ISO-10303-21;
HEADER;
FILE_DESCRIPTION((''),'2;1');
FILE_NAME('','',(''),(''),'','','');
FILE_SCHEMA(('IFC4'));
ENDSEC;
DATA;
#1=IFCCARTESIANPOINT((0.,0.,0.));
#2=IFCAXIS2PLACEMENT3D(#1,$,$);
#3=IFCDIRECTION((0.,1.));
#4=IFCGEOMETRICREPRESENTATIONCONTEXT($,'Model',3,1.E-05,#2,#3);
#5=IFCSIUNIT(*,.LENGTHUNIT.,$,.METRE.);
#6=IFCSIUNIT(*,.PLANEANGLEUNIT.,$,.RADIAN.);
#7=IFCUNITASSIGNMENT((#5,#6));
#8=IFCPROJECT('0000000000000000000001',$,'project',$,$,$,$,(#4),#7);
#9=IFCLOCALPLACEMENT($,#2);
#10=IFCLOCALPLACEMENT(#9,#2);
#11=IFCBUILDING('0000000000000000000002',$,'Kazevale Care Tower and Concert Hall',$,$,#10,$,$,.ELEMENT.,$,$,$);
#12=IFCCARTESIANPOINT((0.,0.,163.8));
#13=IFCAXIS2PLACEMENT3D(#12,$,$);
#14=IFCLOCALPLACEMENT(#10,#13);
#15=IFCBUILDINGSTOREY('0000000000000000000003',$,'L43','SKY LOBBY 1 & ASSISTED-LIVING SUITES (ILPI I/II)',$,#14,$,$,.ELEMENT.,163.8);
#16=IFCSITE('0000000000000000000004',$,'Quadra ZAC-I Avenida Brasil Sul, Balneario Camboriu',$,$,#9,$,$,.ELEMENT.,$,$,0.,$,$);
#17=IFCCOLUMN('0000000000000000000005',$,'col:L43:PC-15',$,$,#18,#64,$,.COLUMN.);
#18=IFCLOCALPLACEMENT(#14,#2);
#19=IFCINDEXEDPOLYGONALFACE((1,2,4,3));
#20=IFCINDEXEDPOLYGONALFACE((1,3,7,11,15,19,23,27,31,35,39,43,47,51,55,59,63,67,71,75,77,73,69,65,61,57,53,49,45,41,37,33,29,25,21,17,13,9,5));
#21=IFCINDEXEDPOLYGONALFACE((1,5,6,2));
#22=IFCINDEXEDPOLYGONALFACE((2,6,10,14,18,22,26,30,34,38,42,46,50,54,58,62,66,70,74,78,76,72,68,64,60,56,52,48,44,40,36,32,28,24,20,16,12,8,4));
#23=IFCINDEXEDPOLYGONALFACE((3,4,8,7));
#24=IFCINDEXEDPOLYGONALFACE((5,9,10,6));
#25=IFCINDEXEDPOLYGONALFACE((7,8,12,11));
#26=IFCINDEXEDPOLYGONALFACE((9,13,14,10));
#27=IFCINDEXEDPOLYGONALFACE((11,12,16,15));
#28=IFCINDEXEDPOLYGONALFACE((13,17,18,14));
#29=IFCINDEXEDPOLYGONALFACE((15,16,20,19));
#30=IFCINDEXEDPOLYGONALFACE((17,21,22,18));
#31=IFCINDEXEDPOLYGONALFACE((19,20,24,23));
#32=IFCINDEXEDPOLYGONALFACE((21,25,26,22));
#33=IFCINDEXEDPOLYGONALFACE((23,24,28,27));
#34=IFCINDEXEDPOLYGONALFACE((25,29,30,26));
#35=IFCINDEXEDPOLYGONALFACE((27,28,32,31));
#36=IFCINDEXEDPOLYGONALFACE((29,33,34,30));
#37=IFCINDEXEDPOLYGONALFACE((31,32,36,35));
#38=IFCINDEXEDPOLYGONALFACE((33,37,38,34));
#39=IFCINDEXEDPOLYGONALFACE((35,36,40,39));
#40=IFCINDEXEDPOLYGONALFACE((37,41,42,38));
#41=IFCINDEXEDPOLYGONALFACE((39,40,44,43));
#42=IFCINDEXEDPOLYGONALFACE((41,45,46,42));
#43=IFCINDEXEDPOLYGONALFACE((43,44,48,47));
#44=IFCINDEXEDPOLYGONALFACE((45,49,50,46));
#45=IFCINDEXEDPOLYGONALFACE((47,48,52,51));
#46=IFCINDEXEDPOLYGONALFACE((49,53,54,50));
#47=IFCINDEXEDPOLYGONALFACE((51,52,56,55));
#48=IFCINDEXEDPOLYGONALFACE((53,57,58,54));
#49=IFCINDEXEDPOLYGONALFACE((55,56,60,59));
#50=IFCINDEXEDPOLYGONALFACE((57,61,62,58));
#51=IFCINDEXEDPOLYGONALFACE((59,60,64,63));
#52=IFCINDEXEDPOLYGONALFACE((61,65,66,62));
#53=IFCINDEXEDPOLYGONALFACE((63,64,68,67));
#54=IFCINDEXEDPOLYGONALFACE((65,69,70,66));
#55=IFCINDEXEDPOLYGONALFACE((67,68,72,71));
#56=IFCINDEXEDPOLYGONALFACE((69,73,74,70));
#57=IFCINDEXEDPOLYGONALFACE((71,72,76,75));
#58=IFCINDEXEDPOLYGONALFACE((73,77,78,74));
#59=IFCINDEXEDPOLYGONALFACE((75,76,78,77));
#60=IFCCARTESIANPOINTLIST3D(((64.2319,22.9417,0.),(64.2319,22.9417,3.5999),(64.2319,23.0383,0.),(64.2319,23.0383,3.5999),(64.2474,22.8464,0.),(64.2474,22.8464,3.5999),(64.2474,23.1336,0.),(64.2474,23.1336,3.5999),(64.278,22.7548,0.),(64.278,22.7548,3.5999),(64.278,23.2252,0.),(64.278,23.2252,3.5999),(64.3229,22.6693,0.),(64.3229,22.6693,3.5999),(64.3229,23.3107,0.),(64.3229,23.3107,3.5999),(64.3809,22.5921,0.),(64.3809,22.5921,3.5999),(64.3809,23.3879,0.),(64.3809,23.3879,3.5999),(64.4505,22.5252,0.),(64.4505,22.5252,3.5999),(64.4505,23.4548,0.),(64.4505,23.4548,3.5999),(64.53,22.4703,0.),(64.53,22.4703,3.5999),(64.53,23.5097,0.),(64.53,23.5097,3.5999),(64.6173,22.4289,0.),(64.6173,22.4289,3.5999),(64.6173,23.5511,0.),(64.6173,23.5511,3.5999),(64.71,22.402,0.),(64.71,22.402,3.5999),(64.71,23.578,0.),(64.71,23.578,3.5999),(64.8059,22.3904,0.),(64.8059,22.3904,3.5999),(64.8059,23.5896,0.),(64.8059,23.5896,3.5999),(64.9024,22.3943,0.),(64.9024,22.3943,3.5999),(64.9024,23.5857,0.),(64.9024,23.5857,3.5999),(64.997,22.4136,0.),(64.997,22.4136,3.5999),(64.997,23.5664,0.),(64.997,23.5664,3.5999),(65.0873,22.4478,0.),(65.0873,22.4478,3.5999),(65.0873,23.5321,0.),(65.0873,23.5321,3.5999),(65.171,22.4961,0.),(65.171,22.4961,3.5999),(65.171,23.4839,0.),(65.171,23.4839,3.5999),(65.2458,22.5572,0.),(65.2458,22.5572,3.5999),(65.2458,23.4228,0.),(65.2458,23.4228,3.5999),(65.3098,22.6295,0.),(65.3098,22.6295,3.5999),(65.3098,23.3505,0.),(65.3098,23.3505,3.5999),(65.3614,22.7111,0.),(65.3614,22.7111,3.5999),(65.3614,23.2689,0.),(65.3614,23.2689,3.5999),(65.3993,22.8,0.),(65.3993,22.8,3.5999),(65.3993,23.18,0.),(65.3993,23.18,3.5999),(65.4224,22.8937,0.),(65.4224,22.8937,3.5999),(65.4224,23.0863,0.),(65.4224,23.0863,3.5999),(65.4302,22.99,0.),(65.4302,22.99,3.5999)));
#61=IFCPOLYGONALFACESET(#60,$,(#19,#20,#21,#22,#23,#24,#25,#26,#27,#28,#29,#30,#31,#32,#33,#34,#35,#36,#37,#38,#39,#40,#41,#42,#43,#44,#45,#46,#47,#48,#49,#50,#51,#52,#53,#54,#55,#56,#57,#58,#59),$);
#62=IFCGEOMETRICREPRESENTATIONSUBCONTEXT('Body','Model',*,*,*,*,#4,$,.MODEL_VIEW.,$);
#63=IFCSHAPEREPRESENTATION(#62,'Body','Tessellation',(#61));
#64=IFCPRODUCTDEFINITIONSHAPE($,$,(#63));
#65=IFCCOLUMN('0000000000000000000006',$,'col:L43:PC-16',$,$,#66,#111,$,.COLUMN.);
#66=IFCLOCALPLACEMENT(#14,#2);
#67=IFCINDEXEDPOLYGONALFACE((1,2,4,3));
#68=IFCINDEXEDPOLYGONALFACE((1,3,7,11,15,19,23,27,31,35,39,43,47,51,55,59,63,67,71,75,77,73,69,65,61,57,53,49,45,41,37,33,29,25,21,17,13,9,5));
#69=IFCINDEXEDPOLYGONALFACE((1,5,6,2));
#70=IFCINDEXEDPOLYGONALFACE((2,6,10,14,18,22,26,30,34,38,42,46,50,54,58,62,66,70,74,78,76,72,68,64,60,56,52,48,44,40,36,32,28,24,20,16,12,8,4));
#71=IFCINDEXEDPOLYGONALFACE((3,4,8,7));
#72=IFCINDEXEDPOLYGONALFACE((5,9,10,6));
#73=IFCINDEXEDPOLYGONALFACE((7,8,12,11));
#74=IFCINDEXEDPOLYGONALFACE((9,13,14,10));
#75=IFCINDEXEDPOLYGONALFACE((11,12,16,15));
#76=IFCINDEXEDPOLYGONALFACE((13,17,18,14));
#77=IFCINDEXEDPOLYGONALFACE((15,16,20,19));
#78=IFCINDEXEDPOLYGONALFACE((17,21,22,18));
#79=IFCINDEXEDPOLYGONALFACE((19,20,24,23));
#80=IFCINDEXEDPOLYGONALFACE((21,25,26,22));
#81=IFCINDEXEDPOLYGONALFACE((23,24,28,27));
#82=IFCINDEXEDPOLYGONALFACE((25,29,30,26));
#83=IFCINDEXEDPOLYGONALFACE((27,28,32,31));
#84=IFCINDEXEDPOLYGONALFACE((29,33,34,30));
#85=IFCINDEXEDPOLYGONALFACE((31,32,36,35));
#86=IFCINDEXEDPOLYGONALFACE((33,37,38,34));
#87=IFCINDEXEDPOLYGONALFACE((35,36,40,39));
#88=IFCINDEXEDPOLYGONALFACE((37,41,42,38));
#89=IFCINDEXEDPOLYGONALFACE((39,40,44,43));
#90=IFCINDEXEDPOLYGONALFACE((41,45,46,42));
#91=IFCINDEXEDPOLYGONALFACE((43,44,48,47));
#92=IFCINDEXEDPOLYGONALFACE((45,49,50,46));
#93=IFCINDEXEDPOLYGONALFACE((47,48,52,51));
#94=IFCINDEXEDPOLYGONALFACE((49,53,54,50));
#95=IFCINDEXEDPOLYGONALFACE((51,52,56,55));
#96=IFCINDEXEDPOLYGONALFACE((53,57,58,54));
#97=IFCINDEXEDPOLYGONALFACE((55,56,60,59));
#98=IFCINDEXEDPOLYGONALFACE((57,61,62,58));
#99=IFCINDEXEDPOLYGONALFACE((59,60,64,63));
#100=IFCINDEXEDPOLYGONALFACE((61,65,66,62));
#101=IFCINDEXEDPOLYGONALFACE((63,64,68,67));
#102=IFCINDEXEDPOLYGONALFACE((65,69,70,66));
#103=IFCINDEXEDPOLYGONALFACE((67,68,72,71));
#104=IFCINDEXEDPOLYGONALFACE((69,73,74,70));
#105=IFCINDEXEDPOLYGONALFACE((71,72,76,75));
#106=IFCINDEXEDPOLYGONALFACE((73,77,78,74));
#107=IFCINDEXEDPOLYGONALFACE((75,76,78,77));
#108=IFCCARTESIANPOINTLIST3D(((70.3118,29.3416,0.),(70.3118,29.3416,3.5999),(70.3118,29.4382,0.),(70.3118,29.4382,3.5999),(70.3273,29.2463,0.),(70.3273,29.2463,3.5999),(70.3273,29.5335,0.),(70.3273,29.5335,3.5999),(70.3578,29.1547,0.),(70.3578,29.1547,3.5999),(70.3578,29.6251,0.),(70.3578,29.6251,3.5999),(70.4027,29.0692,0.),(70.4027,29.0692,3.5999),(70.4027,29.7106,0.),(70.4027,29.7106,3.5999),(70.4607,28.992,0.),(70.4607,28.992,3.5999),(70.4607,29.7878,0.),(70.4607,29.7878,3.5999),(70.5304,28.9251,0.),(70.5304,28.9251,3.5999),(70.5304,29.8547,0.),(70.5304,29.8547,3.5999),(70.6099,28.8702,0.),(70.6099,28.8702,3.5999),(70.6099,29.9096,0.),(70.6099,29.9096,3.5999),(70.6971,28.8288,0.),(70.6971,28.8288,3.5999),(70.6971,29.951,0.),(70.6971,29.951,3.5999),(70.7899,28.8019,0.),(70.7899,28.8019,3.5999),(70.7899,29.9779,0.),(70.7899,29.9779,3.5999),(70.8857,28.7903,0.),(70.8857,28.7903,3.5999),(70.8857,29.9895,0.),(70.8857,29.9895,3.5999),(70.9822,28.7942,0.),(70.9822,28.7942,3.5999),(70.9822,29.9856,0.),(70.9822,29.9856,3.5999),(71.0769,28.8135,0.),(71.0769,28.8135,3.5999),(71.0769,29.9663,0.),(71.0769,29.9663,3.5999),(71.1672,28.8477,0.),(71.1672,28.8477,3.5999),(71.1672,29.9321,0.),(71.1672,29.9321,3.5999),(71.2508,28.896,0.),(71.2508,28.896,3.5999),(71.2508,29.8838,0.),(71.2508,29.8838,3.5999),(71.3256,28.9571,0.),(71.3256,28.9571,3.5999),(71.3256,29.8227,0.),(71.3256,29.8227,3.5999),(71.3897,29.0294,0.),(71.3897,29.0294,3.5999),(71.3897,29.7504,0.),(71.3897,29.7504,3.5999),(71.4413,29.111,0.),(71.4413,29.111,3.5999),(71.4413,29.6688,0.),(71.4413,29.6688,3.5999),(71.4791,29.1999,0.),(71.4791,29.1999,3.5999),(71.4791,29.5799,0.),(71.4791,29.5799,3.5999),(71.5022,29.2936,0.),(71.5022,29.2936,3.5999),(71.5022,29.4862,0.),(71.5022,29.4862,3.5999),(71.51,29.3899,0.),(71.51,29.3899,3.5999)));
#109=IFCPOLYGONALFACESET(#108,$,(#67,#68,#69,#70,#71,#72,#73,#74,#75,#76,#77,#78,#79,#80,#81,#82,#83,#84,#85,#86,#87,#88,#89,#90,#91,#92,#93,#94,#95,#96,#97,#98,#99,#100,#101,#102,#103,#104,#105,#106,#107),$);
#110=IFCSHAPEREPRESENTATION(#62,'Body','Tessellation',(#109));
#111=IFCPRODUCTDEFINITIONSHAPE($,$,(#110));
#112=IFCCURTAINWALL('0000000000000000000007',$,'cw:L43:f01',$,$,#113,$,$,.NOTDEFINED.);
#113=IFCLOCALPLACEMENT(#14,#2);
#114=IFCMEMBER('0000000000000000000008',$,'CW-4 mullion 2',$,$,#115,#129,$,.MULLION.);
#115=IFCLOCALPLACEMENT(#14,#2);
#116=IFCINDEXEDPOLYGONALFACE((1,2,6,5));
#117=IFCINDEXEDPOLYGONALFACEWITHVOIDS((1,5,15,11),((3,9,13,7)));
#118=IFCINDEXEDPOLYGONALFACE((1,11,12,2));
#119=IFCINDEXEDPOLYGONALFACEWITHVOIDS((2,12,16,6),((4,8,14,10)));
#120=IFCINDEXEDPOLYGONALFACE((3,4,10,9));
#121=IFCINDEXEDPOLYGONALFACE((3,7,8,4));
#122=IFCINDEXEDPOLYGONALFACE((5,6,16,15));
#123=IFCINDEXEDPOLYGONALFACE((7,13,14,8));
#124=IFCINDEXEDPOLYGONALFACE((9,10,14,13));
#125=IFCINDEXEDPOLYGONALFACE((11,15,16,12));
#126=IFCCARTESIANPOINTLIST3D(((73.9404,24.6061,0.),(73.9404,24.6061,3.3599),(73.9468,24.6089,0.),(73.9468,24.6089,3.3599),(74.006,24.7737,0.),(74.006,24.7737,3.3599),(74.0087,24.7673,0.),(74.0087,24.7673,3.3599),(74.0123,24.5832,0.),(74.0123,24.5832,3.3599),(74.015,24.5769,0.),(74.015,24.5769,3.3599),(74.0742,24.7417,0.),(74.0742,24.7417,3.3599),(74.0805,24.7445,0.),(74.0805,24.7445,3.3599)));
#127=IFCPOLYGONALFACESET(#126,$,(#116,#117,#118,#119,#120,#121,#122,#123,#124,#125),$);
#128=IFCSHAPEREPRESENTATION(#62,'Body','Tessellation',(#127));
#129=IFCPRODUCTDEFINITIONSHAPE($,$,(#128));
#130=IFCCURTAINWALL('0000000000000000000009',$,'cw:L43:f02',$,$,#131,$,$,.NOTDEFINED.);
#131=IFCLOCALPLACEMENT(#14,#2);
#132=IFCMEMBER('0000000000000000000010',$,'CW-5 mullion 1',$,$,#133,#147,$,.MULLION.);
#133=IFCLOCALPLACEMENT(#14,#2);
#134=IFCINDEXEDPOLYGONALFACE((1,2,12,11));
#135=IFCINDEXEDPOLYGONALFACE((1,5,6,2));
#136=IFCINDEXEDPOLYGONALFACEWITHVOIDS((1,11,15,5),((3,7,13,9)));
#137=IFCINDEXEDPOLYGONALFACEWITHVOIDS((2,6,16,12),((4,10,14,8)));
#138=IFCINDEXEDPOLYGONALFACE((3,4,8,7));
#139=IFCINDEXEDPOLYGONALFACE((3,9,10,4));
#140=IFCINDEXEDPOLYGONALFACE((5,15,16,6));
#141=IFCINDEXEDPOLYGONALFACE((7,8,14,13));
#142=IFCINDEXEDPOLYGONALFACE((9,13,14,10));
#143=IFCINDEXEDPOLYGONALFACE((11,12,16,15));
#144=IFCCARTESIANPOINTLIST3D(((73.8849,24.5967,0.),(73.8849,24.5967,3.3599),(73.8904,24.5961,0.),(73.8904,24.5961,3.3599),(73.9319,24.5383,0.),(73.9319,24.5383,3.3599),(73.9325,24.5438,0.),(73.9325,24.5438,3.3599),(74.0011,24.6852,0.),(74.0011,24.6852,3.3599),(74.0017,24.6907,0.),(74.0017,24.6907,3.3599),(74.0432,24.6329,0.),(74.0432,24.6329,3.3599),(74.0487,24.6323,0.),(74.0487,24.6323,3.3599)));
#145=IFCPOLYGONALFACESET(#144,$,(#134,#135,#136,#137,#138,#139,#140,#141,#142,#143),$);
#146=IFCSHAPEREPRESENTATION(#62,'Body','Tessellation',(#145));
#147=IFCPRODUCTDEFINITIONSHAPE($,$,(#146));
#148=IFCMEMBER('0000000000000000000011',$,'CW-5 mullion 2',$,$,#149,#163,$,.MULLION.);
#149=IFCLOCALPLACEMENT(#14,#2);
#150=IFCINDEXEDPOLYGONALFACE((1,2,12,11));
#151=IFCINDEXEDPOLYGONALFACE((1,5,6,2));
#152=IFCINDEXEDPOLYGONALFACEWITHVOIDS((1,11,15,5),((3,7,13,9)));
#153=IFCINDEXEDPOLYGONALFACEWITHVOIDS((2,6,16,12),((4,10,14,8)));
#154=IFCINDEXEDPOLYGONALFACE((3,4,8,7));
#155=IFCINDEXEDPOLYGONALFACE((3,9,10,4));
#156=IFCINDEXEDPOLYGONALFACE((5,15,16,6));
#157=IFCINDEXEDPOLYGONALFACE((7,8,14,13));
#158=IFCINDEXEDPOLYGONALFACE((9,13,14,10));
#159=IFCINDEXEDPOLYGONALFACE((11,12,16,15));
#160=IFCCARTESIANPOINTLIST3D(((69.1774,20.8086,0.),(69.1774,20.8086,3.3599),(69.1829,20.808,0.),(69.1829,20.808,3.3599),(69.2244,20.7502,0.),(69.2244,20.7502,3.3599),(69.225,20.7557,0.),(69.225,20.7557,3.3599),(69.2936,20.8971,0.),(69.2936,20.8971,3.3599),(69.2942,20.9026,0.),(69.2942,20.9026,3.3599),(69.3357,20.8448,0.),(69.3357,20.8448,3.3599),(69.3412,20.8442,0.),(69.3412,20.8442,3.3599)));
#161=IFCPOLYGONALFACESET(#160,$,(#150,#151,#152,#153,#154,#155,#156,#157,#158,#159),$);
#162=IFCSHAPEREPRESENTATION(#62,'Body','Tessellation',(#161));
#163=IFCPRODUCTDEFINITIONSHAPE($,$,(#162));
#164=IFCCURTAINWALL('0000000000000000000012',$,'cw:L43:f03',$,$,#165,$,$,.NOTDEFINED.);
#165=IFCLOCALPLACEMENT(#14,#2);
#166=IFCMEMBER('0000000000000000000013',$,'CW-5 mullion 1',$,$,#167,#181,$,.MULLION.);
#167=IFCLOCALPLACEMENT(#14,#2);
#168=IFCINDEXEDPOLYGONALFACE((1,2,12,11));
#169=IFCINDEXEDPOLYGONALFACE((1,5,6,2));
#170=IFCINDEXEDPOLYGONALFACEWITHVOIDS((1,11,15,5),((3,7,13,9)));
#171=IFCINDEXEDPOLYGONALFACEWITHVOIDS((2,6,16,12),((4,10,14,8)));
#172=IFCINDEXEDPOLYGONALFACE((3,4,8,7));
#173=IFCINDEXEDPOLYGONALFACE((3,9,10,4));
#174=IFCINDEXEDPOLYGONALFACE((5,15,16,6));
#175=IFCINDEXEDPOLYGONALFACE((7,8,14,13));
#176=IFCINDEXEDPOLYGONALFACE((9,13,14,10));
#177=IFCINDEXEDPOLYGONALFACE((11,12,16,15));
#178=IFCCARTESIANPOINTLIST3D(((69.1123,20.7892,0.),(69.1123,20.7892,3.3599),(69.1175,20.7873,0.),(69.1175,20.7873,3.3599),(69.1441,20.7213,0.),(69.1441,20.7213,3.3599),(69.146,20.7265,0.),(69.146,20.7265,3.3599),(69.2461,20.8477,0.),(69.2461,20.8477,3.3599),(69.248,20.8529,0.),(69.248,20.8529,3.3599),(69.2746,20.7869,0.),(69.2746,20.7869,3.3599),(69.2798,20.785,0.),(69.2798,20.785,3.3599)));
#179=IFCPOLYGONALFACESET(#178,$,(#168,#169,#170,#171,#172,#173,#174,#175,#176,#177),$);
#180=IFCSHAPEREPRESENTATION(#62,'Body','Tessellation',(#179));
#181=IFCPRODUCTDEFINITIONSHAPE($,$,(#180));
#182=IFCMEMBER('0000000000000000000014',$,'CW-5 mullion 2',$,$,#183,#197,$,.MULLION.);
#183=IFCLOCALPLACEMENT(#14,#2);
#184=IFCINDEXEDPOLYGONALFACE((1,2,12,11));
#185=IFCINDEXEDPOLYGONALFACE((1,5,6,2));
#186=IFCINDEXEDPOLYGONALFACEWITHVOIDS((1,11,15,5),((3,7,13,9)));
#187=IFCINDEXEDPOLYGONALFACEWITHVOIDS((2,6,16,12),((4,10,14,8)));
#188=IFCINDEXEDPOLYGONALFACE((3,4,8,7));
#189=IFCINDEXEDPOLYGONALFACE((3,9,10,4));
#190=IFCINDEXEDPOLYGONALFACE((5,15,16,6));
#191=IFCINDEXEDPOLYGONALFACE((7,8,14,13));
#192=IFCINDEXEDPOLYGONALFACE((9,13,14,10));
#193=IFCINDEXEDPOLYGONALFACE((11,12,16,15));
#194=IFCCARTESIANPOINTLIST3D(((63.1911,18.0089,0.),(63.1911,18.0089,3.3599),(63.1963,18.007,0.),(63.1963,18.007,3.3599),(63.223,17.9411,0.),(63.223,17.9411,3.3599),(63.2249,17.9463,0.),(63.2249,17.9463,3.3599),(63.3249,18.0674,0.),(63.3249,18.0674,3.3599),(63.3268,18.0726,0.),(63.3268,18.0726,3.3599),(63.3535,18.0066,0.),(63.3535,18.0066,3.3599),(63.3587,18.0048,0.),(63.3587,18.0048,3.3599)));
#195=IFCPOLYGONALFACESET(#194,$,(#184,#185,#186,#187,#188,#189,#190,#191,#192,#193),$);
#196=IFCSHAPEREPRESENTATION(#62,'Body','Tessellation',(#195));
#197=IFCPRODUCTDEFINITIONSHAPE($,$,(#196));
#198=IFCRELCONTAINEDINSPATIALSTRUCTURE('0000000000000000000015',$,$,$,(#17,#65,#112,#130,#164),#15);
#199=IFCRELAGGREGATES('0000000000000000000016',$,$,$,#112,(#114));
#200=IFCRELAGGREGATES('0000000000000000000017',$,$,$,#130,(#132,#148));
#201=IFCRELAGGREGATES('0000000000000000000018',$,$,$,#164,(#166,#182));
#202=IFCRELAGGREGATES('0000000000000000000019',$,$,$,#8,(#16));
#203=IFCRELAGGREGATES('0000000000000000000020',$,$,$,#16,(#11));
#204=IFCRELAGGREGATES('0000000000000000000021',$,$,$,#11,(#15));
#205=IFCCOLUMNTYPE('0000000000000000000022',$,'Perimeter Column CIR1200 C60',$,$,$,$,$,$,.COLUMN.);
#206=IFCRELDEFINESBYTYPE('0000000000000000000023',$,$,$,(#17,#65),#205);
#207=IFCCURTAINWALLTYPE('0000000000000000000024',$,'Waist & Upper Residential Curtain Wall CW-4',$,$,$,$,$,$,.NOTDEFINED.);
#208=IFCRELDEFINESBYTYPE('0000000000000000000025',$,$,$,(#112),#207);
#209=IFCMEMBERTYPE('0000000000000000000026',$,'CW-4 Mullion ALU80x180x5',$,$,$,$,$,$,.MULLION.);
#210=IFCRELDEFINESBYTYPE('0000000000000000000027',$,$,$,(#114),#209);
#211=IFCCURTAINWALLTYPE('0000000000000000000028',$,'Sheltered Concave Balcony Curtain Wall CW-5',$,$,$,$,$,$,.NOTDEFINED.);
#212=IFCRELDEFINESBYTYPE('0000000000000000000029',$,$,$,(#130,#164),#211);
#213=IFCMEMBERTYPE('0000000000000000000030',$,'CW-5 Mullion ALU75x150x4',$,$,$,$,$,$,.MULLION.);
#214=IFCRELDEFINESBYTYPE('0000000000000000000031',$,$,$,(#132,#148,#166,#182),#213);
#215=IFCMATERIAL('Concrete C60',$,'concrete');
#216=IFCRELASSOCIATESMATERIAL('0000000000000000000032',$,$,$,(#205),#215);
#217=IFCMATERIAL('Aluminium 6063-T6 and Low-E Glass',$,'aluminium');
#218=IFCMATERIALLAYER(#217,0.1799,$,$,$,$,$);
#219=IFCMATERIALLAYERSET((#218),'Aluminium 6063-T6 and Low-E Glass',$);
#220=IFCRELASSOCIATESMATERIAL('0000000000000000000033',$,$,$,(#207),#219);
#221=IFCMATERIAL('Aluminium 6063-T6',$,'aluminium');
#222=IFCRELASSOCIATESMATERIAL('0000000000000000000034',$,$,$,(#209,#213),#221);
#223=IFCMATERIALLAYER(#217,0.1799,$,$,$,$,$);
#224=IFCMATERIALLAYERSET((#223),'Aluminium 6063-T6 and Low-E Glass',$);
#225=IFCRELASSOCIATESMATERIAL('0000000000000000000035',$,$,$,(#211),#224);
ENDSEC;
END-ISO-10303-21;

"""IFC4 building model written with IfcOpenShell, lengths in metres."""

from ifc_helpers import new_model, si_unit, direction, frame, origin, origin_2d, place, context, subcontext, project, spatial, hollow_rectangle, circle, extrude, material, layer, layer_set, material_profile, profile_set, type_object, element, aggregate, save


model = new_model("IFC4")

# Units and contexts
model_context = context("Model", 3, precision=1e-05, world=origin(), true_north=direction((0.0, 1.0)))
body_context = subcontext(model_context, "Body", "Model", "MODEL_VIEW")
ifc_project = project(units=[si_unit("LENGTHUNIT", "METRE"), si_unit("PLANEANGLEUNIT", "RADIAN")], contexts=[model_context])

# Site, building, storey
site_placement = place(None, origin())
site = spatial("IfcSite", under=ifc_project, at=site_placement, Name="Quadra ZAC-I Avenida Brasil Sul, Balneario Camboriu", CompositionType="ELEMENT", RefElevation=0.0)
building_placement = place(site_placement, origin())
building = spatial("IfcBuilding", under=site, at=building_placement, Name="Kazevale Care Tower and Concert Hall", CompositionType="ELEMENT")
storey_placement = place(building_placement, frame((0.0, 0.0, 163.8)))
storey = spatial("IfcBuildingStorey", under=building, at=storey_placement, Name="L43", Description="SKY LOBBY 1 & ASSISTED-LIVING SUITES (ILPI I/II)", CompositionType="ELEMENT", Elevation=163.8)

# Columns
ifc_material_1 = material(Name="Concrete C60", Category="concrete")
ifc_material_profile_1 = material_profile(ifc_material_1, circle(Radius=0.6001, at=origin_2d()), Name="RC-CIR1200")
ifc_profile_set_1 = profile_set([ifc_material_profile_1], Name="Concrete C60")
column_type = type_object("IfcColumnType", Name="Perimeter Column CIR1200 C60", PredefinedType="COLUMN", material=ifc_profile_set_1)
for number, where, z_axis, x_axis, name in (
    (1, (64.8301, 22.99, 0.0), (0.0, 0.0, 1.0), (1.0, 0.0, 0.0), "col:L43:PC-15"),
    (2, (70.9099, 29.3899, 0.0), (0.0, 0.0, 1.0), (1.0, 0.0, 0.0), "col:L43:PC-16"),
):
    element("IfcColumn", number, at=place(storey_placement, frame(where, z_axis=z_axis, x_axis=x_axis)), inside=storey, type_object=column_type, Name=name, PredefinedType="COLUMN", context=body_context, shape_type="SweptSolid", body=[
        extrude(circle(Radius=0.6001, at=origin_2d()), origin(), (0.0, 0.0, 1.0), 3.5999),
    ])

# Curtain wall, member
ifc_material_2 = material(Name="Aluminium 6063-T6 and Low-E Glass", Category="aluminium")
ifc_layer_1 = layer(ifc_material_2, 0.1799)
ifc_layer_set_1 = layer_set([ifc_layer_1], Name="Aluminium 6063-T6 and Low-E Glass")
curtain_wall_type_1 = type_object("IfcCurtainWallType", Name="Waist & Upper Residential Curtain Wall CW-4", PredefinedType="NOTDEFINED", material=ifc_layer_set_1)
curtain_wall_1_placement = place(storey_placement, origin())
curtain_wall_1 = element("IfcCurtainWall", 3, at=curtain_wall_1_placement, inside=storey, type_object=curtain_wall_type_1, Name="cw:L43:f01", PredefinedType="NOTDEFINED")
ifc_material_3 = material(Name="Aluminium 6063-T6", Category="aluminium")
ifc_material_profile_2 = material_profile(ifc_material_3, hollow_rectangle(XDim=0.0801, YDim=0.1799, WallThickness=0.0049, at=origin_2d()), Name="ALU80x180x5")
ifc_profile_set_2 = profile_set([ifc_material_profile_2], Name="Aluminium 6063-T6")
member_type_1 = type_object("IfcMemberType", Name="CW-4 Mullion ALU80x180x5", PredefinedType="MULLION", material=ifc_profile_set_2)
member_1_placement = place(storey_placement, frame((74.0105, 24.6753, 0.0), z_axis=(0.0, 0.0, 1.0), x_axis=(0.931352, -0.364121, 0.0)))
member_1 = element("IfcMember", 4, at=member_1_placement, type_object=member_type_1, Name="CW-4 mullion 2", PredefinedType="MULLION", context=body_context, shape_type="SweptSolid", body=[
    extrude(hollow_rectangle(XDim=0.0801, YDim=0.1799, WallThickness=0.0049, at=origin_2d()), origin(), (0.0, 0.0, 1.0), 3.3599),
])

# Curtain walls, members
ifc_layer_2 = layer(ifc_material_2, 0.1799)
ifc_layer_set_2 = layer_set([ifc_layer_2], Name="Aluminium 6063-T6 and Low-E Glass")
curtain_wall_type_2 = type_object("IfcCurtainWallType", Name="Sheltered Concave Balcony Curtain Wall CW-5", PredefinedType="NOTDEFINED", material=ifc_layer_set_2)
curtain_wall_2_placement = place(storey_placement, origin())
curtain_wall_2 = element("IfcCurtainWall", 5, at=curtain_wall_2_placement, inside=storey, type_object=curtain_wall_type_2, Name="cw:L43:f02", PredefinedType="NOTDEFINED")
ifc_material_profile_3 = material_profile(ifc_material_3, hollow_rectangle(XDim=0.075, YDim=0.1499, WallThickness=0.0039, at=origin_2d()), Name="ALU75x150x4")
ifc_profile_set_3 = profile_set([ifc_material_profile_3], Name="Aluminium 6063-T6")
member_type_2 = type_object("IfcMemberType", Name="CW-5 Mullion ALU75x150x4", PredefinedType="MULLION", material=ifc_profile_set_3)
member_2_placement = place(storey_placement, frame((73.9668, 24.6145, 0.0), z_axis=(0.0, 0.0, 1.0), x_axis=(0.626905, -0.779095, 0.0)))
member_2 = element("IfcMember", 6, at=member_2_placement, type_object=member_type_2, Name="CW-5 mullion 1", PredefinedType="MULLION", context=body_context, shape_type="SweptSolid", body=[
    extrude(hollow_rectangle(XDim=0.075, YDim=0.1499, WallThickness=0.0039, at=origin_2d()), origin(), (0.0, 0.0, 1.0), 3.3599),
])
member_3_placement = place(storey_placement, frame((69.2593, 20.8264, 0.0), z_axis=(0.0, 0.0, 1.0), x_axis=(0.626905, -0.779095, 0.0)))
member_3 = element("IfcMember", 7, at=member_3_placement, type_object=member_type_2, Name="CW-5 mullion 2", PredefinedType="MULLION", context=body_context, shape_type="SweptSolid", body=[
    extrude(hollow_rectangle(XDim=0.075, YDim=0.1499, WallThickness=0.0039, at=origin_2d()), origin(), (0.0, 0.0, 1.0), 3.3599),
])
curtain_wall_3_placement = place(storey_placement, origin())
curtain_wall_3 = element("IfcCurtainWall", 8, at=curtain_wall_3_placement, inside=storey, type_object=curtain_wall_type_2, Name="cw:L43:f03", PredefinedType="NOTDEFINED")
member_4_placement = place(storey_placement, frame((69.196, 20.7871, 0.0), z_axis=(0.0, 0.0, 1.0), x_axis=(0.425011, -0.905188, 0.0)))
member_4 = element("IfcMember", 9, at=member_4_placement, type_object=member_type_2, Name="CW-5 mullion 1", PredefinedType="MULLION", context=body_context, shape_type="SweptSolid", body=[
    extrude(hollow_rectangle(XDim=0.075, YDim=0.1499, WallThickness=0.0039, at=origin_2d()), origin(), (0.0, 0.0, 1.0), 3.3599),
])
member_5_placement = place(storey_placement, frame((63.2749, 18.0068, 0.0), z_axis=(0.0, 0.0, 1.0), x_axis=(0.425011, -0.905188, 0.0)))
member_5 = element("IfcMember", 10, at=member_5_placement, type_object=member_type_2, Name="CW-5 mullion 2", PredefinedType="MULLION", context=body_context, shape_type="SweptSolid", body=[
    extrude(hollow_rectangle(XDim=0.075, YDim=0.1499, WallThickness=0.0039, at=origin_2d()), origin(), (0.0, 0.0, 1.0), 3.3599),
])

aggregate(curtain_wall_1, [member_1])
aggregate(curtain_wall_2, [member_2, member_3])
aggregate(curtain_wall_3, [member_4, member_5])

save(model, "model.ifc")
